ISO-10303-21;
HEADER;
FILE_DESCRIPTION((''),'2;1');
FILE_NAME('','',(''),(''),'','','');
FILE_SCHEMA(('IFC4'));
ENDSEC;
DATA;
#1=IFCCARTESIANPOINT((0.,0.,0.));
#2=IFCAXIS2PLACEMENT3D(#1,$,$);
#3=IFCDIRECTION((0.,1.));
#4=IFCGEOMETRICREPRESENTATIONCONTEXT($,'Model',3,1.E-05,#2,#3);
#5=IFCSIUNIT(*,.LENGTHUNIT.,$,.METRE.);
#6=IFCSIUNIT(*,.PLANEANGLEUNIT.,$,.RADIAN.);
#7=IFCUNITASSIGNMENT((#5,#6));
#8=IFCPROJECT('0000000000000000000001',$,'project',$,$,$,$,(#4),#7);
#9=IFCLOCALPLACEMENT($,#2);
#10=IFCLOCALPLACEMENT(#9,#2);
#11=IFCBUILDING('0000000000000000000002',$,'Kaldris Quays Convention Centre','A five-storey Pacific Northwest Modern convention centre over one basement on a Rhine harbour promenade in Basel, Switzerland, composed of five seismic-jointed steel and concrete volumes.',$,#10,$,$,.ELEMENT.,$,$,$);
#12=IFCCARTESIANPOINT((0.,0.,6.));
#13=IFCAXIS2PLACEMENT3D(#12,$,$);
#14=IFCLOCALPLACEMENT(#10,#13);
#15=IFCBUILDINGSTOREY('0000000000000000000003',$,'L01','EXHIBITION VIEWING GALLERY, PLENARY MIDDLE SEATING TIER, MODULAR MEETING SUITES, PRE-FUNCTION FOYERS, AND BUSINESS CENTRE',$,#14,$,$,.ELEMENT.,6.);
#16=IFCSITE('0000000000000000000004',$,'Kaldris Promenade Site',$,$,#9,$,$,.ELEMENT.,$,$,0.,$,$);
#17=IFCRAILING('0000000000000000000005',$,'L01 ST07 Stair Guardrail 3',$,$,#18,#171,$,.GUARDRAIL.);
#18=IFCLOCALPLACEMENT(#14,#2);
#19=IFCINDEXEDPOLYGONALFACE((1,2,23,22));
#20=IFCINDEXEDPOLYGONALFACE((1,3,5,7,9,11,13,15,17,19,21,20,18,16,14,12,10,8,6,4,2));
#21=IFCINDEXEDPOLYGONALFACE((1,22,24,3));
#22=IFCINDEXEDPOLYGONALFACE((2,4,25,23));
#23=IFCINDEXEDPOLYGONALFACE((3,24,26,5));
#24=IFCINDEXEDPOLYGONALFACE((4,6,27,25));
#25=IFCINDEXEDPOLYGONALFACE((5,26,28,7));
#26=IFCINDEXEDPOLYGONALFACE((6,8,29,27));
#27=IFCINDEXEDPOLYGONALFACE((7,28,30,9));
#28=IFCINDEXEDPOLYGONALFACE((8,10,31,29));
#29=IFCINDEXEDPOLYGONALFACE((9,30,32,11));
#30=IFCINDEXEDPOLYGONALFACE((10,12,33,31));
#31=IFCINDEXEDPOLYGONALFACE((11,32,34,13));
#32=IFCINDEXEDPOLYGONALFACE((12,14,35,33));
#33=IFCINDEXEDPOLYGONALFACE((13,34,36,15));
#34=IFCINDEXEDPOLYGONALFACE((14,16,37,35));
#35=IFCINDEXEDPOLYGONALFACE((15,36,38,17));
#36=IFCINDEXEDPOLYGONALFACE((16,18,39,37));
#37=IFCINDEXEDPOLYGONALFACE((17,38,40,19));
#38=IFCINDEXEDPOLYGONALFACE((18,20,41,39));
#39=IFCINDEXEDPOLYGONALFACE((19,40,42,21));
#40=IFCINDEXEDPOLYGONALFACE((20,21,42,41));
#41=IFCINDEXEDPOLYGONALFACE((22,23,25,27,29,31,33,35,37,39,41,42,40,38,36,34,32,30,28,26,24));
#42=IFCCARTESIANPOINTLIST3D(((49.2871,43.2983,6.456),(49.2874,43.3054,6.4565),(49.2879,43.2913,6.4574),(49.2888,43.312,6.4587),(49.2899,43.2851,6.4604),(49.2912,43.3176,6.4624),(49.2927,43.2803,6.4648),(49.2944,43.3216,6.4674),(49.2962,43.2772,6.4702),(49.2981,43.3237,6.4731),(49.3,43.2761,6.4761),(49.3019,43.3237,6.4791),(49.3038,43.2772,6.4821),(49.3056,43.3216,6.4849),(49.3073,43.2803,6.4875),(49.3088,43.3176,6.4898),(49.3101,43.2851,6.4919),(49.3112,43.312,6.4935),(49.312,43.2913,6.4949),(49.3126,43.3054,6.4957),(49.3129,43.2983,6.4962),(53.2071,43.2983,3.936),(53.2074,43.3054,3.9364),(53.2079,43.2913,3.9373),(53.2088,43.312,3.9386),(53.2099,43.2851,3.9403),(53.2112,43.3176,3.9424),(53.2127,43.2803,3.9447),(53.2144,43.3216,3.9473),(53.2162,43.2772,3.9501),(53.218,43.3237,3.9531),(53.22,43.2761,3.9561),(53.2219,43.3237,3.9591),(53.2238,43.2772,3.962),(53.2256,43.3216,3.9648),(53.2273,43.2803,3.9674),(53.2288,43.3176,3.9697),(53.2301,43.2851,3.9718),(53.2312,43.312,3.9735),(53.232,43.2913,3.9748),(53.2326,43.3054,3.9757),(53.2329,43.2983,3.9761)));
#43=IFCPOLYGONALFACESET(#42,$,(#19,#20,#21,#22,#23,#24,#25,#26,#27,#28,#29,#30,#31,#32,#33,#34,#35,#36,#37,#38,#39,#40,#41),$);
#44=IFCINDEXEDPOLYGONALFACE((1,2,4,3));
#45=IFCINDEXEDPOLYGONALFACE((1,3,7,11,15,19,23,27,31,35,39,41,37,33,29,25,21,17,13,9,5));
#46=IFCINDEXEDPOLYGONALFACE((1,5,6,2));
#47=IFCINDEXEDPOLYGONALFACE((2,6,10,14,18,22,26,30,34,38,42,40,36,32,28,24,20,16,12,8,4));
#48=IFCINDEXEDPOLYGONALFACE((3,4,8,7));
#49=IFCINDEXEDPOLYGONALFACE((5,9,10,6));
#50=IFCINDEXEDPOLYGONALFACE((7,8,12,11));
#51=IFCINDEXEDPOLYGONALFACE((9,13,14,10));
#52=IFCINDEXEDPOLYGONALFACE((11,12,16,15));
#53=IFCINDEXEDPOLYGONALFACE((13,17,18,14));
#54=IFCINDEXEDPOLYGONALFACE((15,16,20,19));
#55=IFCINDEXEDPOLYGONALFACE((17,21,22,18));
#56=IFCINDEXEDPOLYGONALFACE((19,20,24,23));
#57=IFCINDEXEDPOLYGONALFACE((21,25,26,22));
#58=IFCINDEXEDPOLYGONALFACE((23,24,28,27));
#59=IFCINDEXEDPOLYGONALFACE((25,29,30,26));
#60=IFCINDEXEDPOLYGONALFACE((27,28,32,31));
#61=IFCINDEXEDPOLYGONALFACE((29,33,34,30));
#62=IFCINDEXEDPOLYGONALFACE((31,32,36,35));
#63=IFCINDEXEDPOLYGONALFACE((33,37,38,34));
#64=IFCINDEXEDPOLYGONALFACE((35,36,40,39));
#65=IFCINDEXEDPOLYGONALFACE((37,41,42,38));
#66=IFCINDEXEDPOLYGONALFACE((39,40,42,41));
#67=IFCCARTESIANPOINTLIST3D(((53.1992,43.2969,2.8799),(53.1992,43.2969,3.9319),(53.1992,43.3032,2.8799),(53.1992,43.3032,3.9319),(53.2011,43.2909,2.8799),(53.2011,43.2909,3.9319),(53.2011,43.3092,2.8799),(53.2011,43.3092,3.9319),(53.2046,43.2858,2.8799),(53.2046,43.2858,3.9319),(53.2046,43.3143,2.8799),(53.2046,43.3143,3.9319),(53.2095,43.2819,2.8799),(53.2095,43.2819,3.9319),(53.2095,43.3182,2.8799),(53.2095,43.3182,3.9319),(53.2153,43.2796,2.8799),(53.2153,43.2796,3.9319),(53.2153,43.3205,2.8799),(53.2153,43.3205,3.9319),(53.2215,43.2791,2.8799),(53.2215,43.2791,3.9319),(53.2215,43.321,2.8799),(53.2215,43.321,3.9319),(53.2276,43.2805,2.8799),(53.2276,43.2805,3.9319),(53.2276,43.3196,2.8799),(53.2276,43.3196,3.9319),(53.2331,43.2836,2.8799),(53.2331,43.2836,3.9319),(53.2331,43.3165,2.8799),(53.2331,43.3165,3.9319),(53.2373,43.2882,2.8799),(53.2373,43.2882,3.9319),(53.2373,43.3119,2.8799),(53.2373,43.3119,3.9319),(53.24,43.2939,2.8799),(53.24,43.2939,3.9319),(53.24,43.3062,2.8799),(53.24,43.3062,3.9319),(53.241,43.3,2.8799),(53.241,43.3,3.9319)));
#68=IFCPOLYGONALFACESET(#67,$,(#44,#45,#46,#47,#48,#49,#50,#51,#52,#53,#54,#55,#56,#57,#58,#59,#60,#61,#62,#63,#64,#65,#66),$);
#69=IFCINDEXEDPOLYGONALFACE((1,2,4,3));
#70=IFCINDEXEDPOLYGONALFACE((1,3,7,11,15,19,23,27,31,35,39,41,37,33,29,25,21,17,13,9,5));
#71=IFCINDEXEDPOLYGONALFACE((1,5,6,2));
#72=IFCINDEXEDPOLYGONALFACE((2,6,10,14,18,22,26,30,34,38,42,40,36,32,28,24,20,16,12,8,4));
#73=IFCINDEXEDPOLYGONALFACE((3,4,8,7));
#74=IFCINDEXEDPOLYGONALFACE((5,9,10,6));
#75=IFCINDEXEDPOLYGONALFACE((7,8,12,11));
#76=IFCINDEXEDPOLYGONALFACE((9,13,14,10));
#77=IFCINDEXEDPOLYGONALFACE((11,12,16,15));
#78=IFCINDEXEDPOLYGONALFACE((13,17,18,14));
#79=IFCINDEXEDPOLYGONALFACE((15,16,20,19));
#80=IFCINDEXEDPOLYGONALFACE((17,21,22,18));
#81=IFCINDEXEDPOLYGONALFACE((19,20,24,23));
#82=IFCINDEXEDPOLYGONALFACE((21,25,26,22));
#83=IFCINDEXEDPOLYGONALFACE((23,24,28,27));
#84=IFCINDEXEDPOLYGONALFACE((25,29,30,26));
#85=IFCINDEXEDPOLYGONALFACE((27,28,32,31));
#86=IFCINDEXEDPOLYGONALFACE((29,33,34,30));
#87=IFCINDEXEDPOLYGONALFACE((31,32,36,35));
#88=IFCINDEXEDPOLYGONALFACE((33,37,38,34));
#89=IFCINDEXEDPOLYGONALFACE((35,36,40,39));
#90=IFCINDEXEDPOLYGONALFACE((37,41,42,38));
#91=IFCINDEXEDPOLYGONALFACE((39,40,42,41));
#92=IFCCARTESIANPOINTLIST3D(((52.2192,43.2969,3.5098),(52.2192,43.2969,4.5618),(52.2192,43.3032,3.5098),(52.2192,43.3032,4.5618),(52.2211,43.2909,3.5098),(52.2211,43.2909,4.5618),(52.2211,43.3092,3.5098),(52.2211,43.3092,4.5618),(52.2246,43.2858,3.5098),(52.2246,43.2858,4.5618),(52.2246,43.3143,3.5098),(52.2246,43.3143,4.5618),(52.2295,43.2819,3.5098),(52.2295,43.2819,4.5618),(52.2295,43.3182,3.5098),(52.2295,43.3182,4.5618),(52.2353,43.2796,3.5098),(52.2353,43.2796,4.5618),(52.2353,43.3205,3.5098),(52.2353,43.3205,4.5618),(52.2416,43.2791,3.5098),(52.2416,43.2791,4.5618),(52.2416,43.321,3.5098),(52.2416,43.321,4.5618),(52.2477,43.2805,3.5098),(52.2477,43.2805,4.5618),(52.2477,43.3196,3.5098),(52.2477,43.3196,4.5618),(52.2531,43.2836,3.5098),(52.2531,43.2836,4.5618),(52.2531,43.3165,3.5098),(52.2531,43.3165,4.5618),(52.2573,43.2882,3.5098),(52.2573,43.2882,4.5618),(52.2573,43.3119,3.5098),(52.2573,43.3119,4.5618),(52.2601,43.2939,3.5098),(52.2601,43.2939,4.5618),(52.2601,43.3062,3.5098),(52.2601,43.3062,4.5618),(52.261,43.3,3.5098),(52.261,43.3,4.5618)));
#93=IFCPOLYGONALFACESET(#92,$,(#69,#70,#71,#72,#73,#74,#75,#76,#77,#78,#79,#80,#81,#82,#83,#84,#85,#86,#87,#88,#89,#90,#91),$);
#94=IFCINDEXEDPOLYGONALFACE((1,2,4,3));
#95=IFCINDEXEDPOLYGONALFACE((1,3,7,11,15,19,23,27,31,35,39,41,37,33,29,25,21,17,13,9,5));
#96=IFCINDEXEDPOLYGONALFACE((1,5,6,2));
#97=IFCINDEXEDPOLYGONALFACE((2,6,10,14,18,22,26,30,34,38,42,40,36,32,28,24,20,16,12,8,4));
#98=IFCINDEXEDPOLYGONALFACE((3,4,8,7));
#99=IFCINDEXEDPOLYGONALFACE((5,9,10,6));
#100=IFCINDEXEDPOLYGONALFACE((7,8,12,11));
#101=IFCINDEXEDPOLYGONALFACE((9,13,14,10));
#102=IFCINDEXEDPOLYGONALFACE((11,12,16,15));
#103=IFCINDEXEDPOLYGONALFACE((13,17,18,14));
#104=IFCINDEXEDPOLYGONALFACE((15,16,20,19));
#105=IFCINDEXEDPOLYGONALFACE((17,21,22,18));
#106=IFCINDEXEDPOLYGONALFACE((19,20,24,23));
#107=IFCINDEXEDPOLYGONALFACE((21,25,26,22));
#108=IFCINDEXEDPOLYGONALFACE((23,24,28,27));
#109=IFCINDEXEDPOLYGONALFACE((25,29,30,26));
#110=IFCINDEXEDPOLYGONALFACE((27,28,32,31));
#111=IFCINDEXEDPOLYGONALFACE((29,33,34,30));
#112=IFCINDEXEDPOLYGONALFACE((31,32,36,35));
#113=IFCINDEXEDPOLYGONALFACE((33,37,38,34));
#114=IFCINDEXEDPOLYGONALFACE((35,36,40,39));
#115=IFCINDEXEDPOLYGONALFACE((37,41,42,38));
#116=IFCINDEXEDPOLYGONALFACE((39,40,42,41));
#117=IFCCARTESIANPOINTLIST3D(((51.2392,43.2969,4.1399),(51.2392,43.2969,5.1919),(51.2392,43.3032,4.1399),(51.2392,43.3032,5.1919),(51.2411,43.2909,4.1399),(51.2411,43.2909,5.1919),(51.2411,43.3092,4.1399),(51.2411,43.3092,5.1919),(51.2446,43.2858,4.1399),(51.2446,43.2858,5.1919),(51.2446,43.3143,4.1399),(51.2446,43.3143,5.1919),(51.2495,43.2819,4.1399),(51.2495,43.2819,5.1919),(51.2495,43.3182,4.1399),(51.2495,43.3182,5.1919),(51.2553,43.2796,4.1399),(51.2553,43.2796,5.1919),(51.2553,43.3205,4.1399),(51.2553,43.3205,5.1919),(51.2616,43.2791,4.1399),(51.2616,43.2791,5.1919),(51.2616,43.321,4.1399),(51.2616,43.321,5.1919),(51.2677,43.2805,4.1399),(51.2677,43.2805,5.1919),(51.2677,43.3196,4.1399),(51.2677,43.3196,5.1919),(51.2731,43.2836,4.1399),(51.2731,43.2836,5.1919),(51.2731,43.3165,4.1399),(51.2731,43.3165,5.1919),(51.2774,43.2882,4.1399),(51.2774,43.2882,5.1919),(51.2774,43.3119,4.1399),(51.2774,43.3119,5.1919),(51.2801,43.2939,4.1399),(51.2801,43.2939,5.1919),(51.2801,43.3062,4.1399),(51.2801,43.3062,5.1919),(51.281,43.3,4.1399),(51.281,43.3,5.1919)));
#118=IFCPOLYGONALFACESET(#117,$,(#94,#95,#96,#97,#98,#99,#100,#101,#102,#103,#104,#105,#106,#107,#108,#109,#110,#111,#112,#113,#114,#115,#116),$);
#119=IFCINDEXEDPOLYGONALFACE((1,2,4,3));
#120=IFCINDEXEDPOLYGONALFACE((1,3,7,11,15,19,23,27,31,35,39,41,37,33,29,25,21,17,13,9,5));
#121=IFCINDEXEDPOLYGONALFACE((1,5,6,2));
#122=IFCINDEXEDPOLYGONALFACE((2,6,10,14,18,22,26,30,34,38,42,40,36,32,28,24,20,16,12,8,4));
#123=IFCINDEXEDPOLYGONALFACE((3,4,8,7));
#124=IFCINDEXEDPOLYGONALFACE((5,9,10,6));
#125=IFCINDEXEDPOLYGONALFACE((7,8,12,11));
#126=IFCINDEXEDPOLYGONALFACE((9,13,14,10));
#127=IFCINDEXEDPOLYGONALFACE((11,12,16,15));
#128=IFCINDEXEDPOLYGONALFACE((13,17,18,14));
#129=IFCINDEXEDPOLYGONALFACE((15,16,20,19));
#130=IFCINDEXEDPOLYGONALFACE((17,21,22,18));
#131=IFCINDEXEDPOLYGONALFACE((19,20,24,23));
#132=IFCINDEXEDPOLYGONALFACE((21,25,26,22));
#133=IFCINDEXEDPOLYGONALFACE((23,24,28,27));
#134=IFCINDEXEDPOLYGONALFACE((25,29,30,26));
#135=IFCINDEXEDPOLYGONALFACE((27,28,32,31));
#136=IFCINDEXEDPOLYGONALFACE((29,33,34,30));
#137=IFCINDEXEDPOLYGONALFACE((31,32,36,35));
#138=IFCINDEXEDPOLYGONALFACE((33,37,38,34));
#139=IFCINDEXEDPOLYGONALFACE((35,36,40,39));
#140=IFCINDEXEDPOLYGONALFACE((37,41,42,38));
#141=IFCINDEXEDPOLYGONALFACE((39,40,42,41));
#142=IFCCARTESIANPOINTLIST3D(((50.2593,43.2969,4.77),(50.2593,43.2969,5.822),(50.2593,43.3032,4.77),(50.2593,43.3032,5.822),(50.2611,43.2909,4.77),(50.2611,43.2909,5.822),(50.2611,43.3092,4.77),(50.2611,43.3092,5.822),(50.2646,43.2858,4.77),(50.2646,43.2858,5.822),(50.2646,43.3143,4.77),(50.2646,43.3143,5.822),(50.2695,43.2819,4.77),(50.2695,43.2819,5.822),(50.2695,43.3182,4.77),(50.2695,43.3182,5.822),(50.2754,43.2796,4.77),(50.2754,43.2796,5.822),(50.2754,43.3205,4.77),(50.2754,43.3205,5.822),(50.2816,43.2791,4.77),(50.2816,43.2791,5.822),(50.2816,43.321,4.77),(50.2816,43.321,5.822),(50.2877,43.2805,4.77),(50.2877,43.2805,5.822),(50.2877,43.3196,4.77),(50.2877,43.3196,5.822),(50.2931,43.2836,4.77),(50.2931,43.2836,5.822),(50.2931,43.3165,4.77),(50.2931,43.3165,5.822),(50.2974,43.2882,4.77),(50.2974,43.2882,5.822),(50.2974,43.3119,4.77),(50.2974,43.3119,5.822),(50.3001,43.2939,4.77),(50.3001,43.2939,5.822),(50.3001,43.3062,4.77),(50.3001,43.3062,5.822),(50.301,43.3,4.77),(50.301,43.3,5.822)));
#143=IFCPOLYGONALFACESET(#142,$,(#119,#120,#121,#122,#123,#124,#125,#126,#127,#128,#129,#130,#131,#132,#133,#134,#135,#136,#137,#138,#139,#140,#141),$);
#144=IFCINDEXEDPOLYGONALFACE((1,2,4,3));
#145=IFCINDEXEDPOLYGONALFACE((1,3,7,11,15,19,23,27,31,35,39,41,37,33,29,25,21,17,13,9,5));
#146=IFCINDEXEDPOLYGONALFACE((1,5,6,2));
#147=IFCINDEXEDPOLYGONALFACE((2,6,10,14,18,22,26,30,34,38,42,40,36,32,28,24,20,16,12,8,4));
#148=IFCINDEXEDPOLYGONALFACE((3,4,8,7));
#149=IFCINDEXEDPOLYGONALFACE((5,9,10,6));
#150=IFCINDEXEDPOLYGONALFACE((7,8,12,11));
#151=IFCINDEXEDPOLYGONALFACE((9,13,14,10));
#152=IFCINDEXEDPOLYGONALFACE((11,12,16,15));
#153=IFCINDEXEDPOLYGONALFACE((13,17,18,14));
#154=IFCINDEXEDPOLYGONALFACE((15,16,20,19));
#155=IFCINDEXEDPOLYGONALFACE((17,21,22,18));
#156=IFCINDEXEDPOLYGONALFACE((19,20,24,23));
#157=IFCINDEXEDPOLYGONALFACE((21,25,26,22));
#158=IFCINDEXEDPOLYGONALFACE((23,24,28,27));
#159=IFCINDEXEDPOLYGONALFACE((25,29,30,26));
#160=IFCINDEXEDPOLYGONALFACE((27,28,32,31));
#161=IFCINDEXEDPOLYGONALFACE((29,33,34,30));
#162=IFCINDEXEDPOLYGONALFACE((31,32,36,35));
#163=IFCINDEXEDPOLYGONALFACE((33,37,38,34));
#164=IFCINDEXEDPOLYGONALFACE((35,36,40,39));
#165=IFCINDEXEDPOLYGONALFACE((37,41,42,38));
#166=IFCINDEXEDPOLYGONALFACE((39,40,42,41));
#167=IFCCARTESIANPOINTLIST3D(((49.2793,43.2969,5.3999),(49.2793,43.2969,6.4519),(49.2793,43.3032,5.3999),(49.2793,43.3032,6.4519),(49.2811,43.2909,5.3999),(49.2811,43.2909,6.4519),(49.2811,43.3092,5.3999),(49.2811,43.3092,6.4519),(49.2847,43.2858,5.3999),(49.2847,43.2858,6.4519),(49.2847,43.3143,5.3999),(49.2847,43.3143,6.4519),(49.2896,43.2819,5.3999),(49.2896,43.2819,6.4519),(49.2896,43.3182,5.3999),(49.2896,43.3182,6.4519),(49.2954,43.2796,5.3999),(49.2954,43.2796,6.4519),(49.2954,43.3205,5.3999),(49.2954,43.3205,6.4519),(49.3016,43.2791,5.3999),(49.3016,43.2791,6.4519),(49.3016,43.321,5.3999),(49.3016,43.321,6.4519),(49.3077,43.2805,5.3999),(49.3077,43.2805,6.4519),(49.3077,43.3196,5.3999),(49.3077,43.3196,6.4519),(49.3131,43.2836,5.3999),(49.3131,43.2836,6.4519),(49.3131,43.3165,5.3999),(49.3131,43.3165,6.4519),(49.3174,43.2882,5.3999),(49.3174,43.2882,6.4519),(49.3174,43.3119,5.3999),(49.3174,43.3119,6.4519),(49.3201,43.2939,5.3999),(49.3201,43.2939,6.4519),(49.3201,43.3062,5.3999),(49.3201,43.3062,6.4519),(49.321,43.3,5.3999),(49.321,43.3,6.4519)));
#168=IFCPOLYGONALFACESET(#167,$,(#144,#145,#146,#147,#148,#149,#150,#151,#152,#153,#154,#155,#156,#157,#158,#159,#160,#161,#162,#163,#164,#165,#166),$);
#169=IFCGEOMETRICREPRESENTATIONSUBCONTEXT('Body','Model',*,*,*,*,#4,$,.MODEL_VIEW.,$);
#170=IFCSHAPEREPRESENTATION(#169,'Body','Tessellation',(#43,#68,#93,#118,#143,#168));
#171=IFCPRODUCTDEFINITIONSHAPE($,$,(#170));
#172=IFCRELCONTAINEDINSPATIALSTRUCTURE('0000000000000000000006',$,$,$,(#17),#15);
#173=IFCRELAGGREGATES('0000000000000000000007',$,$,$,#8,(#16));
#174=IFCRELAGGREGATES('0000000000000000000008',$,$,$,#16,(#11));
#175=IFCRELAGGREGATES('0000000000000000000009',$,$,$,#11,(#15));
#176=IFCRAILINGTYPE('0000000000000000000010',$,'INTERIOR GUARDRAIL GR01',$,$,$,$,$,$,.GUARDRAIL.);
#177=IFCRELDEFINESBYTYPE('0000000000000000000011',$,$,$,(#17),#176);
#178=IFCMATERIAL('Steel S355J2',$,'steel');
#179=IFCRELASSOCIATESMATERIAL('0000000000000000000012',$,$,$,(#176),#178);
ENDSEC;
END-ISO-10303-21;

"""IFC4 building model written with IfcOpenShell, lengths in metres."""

from ifc_helpers import new_model, si_unit, direction, frame, origin, origin_2d, place, context, subcontext, project, spatial, circle, extrude, material, type_object, element, save


model = new_model("IFC4")

# Units and contexts
model_context = context("Model", 3, precision=1e-05, world=origin(), true_north=direction((0.0, 1.0)))
body_context = subcontext(model_context, "Body", "Model", "MODEL_VIEW")
ifc_project = project(units=[si_unit("LENGTHUNIT", "METRE"), si_unit("PLANEANGLEUNIT", "RADIAN")], contexts=[model_context])

# Site, building, storey
site_placement = place(None, origin())
site = spatial("IfcSite", under=ifc_project, at=site_placement, Name="Kaldris Promenade Site", CompositionType="ELEMENT", RefElevation=0.0)
building_placement = place(site_placement, origin())
building = spatial("IfcBuilding", under=site, at=building_placement, Name="Kaldris Quays Convention Centre", Description="A five-storey Pacific Northwest Modern convention centre over one basement on a Rhine harbour promenade in Basel, Switzerland, composed of five seismic-jointed steel and concrete volumes.", CompositionType="ELEMENT")
storey_placement = place(building_placement, frame((0.0, 0.0, 6.0)))
storey = spatial("IfcBuildingStorey", under=building, at=storey_placement, Name="L01", Description="EXHIBITION VIEWING GALLERY, PLENARY MIDDLE SEATING TIER, MODULAR MEETING SUITES, PRE-FUNCTION FOYERS, AND BUSINESS CENTRE", CompositionType="ELEMENT", Elevation=6.0)

# Shared definitions
ifc_material_1 = material(Name="Steel S355J2", Category="steel")

# Railing
railing_type_1 = type_object("IfcRailingType", Name="INTERIOR GUARDRAIL GR01", PredefinedType="GUARDRAIL", material=ifc_material_1)
railing_1_placement = place(storey_placement, frame((53.22, 43.3, 2.8799)))
element("IfcRailing", 1, at=railing_1_placement, inside=storey, type_object=railing_type_1, Name="L01 ST07 Stair Guardrail 3", PredefinedType="GUARDRAIL", context=body_context, shape_type="SweptSolid", body=[
    extrude(circle(Radius=0.0239, at=origin_2d()), frame((0.0, 0.0, 1.0762), z_axis=(-0.841172, 0.0, 0.540768), x_axis=(0.0, -1.0, 0.0)), (0.0, 0.0, 1.0), 4.6602),
    extrude(circle(Radius=0.021, at=origin_2d()), origin(), (0.0, 0.0, 1.0), 1.052),
    extrude(circle(Radius=0.021, at=origin_2d()), frame((-0.98, 0.0, 0.6299)), (0.0, 0.0, 1.0), 1.052),
    extrude(circle(Radius=0.021, at=origin_2d()), frame((-1.96, 0.0, 1.26)), (0.0, 0.0, 1.0), 1.052),
    extrude(circle(Radius=0.021, at=origin_2d()), frame((-2.9399, 0.0, 1.8901)), (0.0, 0.0, 1.0), 1.052),
    extrude(circle(Radius=0.021, at=origin_2d()), frame((-3.9199, 0.0, 2.52)), (0.0, 0.0, 1.0), 1.052),
])

save(model, "model.ifc")
